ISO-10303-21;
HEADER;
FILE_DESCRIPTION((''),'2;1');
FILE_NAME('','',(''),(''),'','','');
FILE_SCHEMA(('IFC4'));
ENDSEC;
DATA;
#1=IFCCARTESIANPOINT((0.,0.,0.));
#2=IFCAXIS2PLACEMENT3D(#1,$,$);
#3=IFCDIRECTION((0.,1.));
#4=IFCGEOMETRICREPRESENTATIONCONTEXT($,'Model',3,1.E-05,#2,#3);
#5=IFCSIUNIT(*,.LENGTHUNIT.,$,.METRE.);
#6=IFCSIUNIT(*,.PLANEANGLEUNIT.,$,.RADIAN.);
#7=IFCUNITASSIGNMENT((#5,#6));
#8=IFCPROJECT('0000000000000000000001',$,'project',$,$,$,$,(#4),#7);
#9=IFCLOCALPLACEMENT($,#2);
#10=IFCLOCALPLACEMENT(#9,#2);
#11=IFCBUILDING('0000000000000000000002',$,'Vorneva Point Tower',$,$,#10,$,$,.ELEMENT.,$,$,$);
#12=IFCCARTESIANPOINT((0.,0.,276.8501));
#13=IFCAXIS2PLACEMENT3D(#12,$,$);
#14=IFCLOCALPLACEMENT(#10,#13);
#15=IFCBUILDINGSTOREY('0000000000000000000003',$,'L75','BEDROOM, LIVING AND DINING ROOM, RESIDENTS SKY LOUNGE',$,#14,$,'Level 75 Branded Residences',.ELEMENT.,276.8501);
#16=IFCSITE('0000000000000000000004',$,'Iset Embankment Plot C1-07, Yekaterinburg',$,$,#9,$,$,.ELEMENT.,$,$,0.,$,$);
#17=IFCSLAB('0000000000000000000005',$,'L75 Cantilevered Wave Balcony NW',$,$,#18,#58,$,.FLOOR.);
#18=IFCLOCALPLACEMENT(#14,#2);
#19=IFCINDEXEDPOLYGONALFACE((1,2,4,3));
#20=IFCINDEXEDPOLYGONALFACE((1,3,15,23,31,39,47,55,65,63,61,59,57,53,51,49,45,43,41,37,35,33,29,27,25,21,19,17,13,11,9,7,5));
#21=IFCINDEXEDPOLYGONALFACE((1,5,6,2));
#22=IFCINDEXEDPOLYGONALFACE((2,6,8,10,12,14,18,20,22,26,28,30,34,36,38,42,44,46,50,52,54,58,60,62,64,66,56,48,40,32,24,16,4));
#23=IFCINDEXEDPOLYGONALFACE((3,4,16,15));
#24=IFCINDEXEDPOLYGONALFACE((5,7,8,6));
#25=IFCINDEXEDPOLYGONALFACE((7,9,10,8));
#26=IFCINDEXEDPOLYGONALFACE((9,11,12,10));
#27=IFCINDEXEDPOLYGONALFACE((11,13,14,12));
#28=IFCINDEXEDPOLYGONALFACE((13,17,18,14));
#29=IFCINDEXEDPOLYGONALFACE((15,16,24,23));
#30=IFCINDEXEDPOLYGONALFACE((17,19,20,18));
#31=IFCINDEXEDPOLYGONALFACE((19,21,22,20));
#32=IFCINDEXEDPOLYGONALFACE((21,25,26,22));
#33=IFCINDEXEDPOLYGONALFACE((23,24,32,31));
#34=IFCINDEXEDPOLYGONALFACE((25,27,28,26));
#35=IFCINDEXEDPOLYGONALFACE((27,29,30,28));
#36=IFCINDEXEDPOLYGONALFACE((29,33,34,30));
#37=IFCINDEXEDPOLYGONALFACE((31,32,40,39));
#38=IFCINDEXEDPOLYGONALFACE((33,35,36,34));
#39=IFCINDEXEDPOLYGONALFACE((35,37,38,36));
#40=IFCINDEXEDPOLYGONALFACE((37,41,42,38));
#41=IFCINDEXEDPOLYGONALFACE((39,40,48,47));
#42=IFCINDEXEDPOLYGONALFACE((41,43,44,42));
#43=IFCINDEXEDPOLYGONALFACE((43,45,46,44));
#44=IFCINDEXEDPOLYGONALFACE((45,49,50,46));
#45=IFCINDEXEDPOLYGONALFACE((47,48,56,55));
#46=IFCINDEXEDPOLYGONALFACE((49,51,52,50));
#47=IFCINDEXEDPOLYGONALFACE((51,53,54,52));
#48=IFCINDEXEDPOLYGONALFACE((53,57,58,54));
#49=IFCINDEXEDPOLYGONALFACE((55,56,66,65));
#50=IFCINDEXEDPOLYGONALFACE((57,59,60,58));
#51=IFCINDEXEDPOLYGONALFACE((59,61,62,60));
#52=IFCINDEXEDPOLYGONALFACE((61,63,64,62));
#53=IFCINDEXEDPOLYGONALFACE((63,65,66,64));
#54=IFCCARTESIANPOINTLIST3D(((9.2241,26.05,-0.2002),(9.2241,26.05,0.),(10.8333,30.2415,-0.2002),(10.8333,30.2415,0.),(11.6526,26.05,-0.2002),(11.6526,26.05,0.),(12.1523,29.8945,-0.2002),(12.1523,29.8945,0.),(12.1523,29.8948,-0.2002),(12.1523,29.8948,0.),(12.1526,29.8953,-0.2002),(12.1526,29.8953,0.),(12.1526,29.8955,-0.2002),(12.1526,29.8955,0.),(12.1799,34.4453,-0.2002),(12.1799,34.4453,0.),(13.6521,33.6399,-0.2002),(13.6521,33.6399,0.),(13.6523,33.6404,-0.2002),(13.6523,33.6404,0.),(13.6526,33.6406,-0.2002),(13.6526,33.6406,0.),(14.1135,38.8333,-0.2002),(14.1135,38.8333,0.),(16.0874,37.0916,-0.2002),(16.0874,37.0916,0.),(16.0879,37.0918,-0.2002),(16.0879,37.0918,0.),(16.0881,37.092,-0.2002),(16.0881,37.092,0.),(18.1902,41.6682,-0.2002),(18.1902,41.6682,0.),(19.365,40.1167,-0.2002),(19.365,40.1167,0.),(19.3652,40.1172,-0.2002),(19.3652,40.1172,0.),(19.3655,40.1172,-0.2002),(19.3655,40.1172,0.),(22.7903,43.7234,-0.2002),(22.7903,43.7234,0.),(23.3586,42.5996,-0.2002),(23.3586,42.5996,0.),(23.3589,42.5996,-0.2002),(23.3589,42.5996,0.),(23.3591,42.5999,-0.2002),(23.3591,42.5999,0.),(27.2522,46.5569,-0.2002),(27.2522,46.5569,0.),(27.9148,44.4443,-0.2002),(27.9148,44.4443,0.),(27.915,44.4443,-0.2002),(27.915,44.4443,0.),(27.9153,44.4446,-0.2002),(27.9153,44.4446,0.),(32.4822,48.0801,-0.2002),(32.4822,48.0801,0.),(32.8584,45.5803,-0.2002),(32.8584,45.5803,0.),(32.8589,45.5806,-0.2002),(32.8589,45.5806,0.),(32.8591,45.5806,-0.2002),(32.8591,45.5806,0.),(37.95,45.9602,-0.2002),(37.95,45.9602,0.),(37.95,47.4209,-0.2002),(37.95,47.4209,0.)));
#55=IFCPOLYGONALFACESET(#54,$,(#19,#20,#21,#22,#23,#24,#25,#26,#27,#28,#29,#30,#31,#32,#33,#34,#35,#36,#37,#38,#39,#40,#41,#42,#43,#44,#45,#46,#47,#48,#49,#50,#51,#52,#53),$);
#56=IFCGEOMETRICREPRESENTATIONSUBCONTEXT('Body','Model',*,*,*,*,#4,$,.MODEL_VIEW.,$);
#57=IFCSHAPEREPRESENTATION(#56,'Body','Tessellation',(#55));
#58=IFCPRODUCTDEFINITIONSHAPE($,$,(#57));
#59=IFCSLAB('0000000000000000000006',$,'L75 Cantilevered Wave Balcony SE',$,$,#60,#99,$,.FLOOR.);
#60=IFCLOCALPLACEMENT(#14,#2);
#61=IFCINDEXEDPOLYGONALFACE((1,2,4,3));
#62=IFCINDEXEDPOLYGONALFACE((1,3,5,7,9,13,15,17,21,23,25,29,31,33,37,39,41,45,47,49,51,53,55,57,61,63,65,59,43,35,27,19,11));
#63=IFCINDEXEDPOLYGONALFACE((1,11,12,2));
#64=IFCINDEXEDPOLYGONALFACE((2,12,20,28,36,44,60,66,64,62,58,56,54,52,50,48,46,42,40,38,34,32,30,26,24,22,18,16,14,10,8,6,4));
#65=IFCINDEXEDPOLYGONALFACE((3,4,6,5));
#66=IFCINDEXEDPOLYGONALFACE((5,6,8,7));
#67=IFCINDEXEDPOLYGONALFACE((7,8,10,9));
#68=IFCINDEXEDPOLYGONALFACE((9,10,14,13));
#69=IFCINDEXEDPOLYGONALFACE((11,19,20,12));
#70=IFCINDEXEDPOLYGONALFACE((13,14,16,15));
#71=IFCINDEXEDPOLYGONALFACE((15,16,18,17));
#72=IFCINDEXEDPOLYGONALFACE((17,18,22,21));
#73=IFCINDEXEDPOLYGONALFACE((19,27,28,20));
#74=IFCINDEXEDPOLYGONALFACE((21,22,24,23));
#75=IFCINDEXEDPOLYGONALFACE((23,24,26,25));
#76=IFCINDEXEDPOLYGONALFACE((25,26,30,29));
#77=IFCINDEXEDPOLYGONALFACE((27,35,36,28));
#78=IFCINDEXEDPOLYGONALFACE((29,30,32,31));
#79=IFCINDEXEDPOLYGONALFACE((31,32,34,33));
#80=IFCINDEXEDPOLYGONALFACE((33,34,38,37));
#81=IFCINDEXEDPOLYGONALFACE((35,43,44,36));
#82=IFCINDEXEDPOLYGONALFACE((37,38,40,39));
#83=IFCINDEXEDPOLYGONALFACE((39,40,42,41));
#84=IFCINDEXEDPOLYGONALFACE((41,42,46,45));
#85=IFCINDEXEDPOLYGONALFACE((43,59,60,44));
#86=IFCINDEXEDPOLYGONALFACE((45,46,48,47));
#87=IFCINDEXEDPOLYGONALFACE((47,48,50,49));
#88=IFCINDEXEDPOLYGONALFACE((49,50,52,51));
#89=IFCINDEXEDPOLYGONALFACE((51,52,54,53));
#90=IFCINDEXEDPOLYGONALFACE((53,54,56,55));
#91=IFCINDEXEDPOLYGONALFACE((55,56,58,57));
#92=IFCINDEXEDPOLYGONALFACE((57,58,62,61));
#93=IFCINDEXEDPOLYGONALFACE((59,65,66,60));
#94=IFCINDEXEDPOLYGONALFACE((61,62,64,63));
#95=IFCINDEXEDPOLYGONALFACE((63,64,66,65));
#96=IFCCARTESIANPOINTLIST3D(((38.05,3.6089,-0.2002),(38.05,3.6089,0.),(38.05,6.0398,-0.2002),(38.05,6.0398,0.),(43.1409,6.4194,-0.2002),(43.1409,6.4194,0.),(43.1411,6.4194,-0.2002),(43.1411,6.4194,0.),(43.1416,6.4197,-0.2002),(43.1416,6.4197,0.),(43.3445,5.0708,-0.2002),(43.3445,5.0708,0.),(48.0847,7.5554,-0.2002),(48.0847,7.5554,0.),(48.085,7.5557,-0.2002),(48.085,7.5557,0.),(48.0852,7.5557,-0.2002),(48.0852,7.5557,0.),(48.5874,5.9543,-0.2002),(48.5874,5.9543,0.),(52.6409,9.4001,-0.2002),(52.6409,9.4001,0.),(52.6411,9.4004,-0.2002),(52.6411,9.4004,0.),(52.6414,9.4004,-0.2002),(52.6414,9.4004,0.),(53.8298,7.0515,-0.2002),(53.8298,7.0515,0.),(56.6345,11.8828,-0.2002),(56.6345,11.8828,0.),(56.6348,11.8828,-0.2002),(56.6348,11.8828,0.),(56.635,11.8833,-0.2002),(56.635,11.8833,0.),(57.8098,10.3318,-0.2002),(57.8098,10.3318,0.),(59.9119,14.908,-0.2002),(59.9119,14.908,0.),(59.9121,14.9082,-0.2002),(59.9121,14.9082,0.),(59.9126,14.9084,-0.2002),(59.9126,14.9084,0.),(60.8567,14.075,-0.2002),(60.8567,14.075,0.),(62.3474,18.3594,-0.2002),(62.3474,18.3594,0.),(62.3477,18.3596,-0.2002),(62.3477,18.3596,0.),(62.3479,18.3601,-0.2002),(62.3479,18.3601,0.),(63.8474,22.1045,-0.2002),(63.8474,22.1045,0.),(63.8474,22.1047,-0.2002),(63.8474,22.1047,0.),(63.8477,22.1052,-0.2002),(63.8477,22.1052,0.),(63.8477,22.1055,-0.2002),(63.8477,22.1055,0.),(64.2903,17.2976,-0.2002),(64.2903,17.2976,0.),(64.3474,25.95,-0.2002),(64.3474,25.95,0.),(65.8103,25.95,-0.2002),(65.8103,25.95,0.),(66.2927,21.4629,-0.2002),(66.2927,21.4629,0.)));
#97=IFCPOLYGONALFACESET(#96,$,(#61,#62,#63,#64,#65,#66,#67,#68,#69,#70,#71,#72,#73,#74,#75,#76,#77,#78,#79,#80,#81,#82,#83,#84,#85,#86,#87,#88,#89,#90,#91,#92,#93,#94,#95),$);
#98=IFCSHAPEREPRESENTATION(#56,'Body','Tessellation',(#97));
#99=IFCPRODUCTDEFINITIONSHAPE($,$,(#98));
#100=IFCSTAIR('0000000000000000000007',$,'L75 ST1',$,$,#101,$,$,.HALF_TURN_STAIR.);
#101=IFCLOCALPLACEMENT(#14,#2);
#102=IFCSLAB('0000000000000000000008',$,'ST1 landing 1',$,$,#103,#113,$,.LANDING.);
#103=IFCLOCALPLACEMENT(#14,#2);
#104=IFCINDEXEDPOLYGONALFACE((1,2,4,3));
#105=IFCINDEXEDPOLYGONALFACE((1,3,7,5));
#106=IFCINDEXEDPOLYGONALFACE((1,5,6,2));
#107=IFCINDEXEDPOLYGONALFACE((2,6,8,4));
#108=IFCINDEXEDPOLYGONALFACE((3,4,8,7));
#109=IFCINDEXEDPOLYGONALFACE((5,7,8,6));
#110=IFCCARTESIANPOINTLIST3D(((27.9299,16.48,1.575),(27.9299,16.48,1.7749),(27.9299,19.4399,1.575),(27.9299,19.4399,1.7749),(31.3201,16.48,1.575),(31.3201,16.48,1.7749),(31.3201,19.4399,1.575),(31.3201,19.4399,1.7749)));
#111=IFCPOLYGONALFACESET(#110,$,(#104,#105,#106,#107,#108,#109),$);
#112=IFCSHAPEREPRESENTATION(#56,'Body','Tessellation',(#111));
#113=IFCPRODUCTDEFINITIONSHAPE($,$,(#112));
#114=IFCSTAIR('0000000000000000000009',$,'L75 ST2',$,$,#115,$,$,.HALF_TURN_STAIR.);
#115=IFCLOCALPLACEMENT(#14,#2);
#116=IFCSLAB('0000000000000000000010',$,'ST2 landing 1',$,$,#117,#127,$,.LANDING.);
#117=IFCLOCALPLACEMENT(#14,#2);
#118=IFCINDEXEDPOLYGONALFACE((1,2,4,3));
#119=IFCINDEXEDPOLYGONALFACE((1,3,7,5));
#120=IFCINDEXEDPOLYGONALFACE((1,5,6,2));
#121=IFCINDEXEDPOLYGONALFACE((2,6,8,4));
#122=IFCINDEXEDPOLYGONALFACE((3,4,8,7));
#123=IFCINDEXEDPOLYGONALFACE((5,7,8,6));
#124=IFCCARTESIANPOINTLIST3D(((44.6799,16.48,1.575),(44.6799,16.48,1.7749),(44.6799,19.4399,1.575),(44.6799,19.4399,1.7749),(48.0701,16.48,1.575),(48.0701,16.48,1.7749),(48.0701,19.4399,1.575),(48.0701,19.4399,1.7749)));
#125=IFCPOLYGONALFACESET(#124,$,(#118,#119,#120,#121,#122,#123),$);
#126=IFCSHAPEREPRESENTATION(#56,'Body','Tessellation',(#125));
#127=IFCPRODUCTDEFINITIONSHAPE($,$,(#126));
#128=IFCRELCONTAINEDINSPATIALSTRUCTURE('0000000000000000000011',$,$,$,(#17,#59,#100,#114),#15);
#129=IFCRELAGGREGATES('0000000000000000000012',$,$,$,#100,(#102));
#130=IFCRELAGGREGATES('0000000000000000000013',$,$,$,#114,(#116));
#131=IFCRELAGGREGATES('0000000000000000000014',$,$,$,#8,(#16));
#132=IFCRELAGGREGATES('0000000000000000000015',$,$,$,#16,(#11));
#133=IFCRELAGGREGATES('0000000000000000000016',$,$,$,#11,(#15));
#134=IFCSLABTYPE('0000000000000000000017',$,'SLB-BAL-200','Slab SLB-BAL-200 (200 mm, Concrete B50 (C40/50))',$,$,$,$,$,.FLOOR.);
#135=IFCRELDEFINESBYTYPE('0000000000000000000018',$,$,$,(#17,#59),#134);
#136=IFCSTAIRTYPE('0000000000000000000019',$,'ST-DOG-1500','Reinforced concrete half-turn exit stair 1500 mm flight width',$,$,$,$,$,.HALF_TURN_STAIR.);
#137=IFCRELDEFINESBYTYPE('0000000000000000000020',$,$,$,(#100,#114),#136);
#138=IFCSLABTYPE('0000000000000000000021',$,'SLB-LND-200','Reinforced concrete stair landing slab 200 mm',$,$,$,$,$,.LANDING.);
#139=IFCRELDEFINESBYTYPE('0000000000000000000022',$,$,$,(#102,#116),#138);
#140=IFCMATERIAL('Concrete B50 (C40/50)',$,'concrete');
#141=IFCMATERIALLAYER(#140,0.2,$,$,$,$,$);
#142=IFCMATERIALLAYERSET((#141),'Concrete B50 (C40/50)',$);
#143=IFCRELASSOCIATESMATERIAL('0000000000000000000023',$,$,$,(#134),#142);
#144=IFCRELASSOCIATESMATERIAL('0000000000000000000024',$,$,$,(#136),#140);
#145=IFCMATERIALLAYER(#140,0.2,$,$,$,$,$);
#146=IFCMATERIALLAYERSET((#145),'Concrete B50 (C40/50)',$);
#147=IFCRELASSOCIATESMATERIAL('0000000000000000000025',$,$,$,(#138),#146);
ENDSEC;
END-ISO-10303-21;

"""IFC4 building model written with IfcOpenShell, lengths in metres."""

from ifc_helpers import new_model, si_unit, direction, frame, origin, place, context, subcontext, project, spatial, polyline, outline, extrude, material, layer, layer_set, type_object, element, aggregate, save


model = new_model("IFC4")

# Units and contexts
model_context = context("Model", 3, precision=1e-05, world=origin(), true_north=direction((0.0, 1.0)))
body_context = subcontext(model_context, "Body", "Model", "MODEL_VIEW")
ifc_project = project(units=[si_unit("LENGTHUNIT", "METRE"), si_unit("PLANEANGLEUNIT", "RADIAN")], contexts=[model_context])

# Site, building, storey
site_placement = place(None, origin())
site = spatial("IfcSite", under=ifc_project, at=site_placement, Name="Iset Embankment Plot C1-07, Yekaterinburg", CompositionType="ELEMENT", RefElevation=0.0)
building_placement = place(site_placement, origin())
building = spatial("IfcBuilding", under=site, at=building_placement, Name="Vorneva Point Tower", CompositionType="ELEMENT")
storey_placement = place(building_placement, frame((0.0, 0.0, 276.8501)))
storey = spatial("IfcBuildingStorey", under=building, at=storey_placement, Name="L75", Description="BEDROOM, LIVING AND DINING ROOM, RESIDENTS SKY LOUNGE", LongName="Level 75 Branded Residences", CompositionType="ELEMENT", Elevation=276.8501)

# Shared definitions
ifc_material_1 = material(Name="Concrete B50 (C40/50)", Category="concrete")

# Slabs
ifc_layer_1 = layer(ifc_material_1, 0.2)
ifc_layer_set_1 = layer_set([ifc_layer_1], Name="Concrete B50 (C40/50)")
slab_type_1 = type_object("IfcSlabType", Name="SLB-BAL-200", Description="Slab SLB-BAL-200 (200 mm, Concrete B50 (C40/50))", PredefinedType="FLOOR", material=ifc_layer_set_1)
slab_1_placement = place(storey_placement, frame((0.0, 0.0, -0.2002)))
element("IfcSlab", 1, at=slab_1_placement, inside=storey, type_object=slab_type_1, Name="L75 Cantilevered Wave Balcony NW", PredefinedType="FLOOR", context=body_context, shape_type="SweptSolid", body=[
    extrude(outline(polyline([(9.2241, 26.05), (11.6526, 26.05), (12.1523, 29.8945), (12.1523, 29.8948), (12.1526, 29.8953), (12.1526, 29.8955), (13.6521, 33.6399), (13.6523, 33.6404), (13.6526, 33.6406), (16.0874, 37.0916), (16.0879, 37.0918), (16.0881, 37.092), (19.365, 40.1167), (19.3652, 40.1172), (19.3655, 40.1172), (23.3586, 42.5996), (23.3589, 42.5996), (23.3591, 42.5999), (27.9148, 44.4443), (27.915, 44.4443), (27.9153, 44.4446), (32.8584, 45.5803), (32.8589, 45.5806), (32.8591, 45.5806), (37.95, 45.9602), (37.95, 47.4209), (32.4822, 48.0801), (27.2522, 46.5569), (22.7903, 43.7234), (18.1902, 41.6682), (14.1135, 38.8333), (12.1799, 34.4453), (10.8333, 30.2415), (9.2241, 26.05)])), origin(), (0.0, 0.0, 1.0), 0.2002),
])
slab_2_placement = place(storey_placement, frame((0.0, 0.0, -0.2002)))
element("IfcSlab", 2, at=slab_2_placement, inside=storey, type_object=slab_type_1, Name="L75 Cantilevered Wave Balcony SE", PredefinedType="FLOOR", context=body_context, shape_type="SweptSolid", body=[
    extrude(outline(polyline([(66.2927, 21.4629), (65.8103, 25.95), (64.3474, 25.95), (63.8477, 22.1055), (63.8477, 22.1052), (63.8474, 22.1047), (63.8474, 22.1045), (62.3479, 18.3601), (62.3477, 18.3596), (62.3474, 18.3594), (59.9126, 14.9084), (59.9121, 14.9082), (59.9119, 14.908), (56.635, 11.8833), (56.6348, 11.8828), (56.6345, 11.8828), (52.6414, 9.4004), (52.6411, 9.4004), (52.6409, 9.4001), (48.0852, 7.5557), (48.085, 7.5557), (48.0847, 7.5554), (43.1416, 6.4197), (43.1411, 6.4194), (43.1409, 6.4194), (38.05, 6.0398), (38.05, 3.6089), (43.3445, 5.0708), (48.5874, 5.9543), (53.8298, 7.0515), (57.8098, 10.3318), (60.8567, 14.075), (64.2903, 17.2976), (66.2927, 21.4629)])), origin(), (0.0, 0.0, 1.0), 0.2002),
])

# Stairs, slabs
stair_type = type_object("IfcStairType", Name="ST-DOG-1500", Description="Reinforced concrete half-turn exit stair 1500 mm flight width", PredefinedType="HALF_TURN_STAIR", material=ifc_material_1)
stair_1_placement = place(storey_placement, origin())
stair_1 = element("IfcStair", 3, at=stair_1_placement, inside=storey, type_object=stair_type, Name="L75 ST1", PredefinedType="HALF_TURN_STAIR")
ifc_layer_2 = layer(ifc_material_1, 0.2)
ifc_layer_set_2 = layer_set([ifc_layer_2], Name="Concrete B50 (C40/50)")
slab_type_2 = type_object("IfcSlabType", Name="SLB-LND-200", Description="Reinforced concrete stair landing slab 200 mm", PredefinedType="LANDING", material=ifc_layer_set_2)
slab_3_placement = place(storey_placement, frame((0.0, 0.0, 1.575)))
slab_3 = element("IfcSlab", 4, at=slab_3_placement, type_object=slab_type_2, Name="ST1 landing 1", PredefinedType="LANDING", context=body_context, shape_type="SweptSolid", body=[
    extrude(outline(polyline([(27.9299, 16.48), (31.3201, 16.48), (31.3201, 19.4399), (27.9299, 19.4399), (27.9299, 16.48)])), origin(), (0.0, 0.0, 1.0), 0.2),
])
aggregate(stair_1, [slab_3])
stair_2_placement = place(storey_placement, origin())
stair_2 = element("IfcStair", 5, at=stair_2_placement, inside=storey, type_object=stair_type, Name="L75 ST2", PredefinedType="HALF_TURN_STAIR")
slab_4_placement = place(storey_placement, frame((0.0, 0.0, 1.575)))
slab_4 = element("IfcSlab", 6, at=slab_4_placement, type_object=slab_type_2, Name="ST2 landing 1", PredefinedType="LANDING", context=body_context, shape_type="SweptSolid", body=[
    extrude(outline(polyline([(44.6799, 16.48), (48.0701, 16.48), (48.0701, 19.4399), (44.6799, 19.4399), (44.6799, 16.48)])), origin(), (0.0, 0.0, 1.0), 0.2),
])
aggregate(stair_2, [slab_4])

save(model, "model.ifc")
